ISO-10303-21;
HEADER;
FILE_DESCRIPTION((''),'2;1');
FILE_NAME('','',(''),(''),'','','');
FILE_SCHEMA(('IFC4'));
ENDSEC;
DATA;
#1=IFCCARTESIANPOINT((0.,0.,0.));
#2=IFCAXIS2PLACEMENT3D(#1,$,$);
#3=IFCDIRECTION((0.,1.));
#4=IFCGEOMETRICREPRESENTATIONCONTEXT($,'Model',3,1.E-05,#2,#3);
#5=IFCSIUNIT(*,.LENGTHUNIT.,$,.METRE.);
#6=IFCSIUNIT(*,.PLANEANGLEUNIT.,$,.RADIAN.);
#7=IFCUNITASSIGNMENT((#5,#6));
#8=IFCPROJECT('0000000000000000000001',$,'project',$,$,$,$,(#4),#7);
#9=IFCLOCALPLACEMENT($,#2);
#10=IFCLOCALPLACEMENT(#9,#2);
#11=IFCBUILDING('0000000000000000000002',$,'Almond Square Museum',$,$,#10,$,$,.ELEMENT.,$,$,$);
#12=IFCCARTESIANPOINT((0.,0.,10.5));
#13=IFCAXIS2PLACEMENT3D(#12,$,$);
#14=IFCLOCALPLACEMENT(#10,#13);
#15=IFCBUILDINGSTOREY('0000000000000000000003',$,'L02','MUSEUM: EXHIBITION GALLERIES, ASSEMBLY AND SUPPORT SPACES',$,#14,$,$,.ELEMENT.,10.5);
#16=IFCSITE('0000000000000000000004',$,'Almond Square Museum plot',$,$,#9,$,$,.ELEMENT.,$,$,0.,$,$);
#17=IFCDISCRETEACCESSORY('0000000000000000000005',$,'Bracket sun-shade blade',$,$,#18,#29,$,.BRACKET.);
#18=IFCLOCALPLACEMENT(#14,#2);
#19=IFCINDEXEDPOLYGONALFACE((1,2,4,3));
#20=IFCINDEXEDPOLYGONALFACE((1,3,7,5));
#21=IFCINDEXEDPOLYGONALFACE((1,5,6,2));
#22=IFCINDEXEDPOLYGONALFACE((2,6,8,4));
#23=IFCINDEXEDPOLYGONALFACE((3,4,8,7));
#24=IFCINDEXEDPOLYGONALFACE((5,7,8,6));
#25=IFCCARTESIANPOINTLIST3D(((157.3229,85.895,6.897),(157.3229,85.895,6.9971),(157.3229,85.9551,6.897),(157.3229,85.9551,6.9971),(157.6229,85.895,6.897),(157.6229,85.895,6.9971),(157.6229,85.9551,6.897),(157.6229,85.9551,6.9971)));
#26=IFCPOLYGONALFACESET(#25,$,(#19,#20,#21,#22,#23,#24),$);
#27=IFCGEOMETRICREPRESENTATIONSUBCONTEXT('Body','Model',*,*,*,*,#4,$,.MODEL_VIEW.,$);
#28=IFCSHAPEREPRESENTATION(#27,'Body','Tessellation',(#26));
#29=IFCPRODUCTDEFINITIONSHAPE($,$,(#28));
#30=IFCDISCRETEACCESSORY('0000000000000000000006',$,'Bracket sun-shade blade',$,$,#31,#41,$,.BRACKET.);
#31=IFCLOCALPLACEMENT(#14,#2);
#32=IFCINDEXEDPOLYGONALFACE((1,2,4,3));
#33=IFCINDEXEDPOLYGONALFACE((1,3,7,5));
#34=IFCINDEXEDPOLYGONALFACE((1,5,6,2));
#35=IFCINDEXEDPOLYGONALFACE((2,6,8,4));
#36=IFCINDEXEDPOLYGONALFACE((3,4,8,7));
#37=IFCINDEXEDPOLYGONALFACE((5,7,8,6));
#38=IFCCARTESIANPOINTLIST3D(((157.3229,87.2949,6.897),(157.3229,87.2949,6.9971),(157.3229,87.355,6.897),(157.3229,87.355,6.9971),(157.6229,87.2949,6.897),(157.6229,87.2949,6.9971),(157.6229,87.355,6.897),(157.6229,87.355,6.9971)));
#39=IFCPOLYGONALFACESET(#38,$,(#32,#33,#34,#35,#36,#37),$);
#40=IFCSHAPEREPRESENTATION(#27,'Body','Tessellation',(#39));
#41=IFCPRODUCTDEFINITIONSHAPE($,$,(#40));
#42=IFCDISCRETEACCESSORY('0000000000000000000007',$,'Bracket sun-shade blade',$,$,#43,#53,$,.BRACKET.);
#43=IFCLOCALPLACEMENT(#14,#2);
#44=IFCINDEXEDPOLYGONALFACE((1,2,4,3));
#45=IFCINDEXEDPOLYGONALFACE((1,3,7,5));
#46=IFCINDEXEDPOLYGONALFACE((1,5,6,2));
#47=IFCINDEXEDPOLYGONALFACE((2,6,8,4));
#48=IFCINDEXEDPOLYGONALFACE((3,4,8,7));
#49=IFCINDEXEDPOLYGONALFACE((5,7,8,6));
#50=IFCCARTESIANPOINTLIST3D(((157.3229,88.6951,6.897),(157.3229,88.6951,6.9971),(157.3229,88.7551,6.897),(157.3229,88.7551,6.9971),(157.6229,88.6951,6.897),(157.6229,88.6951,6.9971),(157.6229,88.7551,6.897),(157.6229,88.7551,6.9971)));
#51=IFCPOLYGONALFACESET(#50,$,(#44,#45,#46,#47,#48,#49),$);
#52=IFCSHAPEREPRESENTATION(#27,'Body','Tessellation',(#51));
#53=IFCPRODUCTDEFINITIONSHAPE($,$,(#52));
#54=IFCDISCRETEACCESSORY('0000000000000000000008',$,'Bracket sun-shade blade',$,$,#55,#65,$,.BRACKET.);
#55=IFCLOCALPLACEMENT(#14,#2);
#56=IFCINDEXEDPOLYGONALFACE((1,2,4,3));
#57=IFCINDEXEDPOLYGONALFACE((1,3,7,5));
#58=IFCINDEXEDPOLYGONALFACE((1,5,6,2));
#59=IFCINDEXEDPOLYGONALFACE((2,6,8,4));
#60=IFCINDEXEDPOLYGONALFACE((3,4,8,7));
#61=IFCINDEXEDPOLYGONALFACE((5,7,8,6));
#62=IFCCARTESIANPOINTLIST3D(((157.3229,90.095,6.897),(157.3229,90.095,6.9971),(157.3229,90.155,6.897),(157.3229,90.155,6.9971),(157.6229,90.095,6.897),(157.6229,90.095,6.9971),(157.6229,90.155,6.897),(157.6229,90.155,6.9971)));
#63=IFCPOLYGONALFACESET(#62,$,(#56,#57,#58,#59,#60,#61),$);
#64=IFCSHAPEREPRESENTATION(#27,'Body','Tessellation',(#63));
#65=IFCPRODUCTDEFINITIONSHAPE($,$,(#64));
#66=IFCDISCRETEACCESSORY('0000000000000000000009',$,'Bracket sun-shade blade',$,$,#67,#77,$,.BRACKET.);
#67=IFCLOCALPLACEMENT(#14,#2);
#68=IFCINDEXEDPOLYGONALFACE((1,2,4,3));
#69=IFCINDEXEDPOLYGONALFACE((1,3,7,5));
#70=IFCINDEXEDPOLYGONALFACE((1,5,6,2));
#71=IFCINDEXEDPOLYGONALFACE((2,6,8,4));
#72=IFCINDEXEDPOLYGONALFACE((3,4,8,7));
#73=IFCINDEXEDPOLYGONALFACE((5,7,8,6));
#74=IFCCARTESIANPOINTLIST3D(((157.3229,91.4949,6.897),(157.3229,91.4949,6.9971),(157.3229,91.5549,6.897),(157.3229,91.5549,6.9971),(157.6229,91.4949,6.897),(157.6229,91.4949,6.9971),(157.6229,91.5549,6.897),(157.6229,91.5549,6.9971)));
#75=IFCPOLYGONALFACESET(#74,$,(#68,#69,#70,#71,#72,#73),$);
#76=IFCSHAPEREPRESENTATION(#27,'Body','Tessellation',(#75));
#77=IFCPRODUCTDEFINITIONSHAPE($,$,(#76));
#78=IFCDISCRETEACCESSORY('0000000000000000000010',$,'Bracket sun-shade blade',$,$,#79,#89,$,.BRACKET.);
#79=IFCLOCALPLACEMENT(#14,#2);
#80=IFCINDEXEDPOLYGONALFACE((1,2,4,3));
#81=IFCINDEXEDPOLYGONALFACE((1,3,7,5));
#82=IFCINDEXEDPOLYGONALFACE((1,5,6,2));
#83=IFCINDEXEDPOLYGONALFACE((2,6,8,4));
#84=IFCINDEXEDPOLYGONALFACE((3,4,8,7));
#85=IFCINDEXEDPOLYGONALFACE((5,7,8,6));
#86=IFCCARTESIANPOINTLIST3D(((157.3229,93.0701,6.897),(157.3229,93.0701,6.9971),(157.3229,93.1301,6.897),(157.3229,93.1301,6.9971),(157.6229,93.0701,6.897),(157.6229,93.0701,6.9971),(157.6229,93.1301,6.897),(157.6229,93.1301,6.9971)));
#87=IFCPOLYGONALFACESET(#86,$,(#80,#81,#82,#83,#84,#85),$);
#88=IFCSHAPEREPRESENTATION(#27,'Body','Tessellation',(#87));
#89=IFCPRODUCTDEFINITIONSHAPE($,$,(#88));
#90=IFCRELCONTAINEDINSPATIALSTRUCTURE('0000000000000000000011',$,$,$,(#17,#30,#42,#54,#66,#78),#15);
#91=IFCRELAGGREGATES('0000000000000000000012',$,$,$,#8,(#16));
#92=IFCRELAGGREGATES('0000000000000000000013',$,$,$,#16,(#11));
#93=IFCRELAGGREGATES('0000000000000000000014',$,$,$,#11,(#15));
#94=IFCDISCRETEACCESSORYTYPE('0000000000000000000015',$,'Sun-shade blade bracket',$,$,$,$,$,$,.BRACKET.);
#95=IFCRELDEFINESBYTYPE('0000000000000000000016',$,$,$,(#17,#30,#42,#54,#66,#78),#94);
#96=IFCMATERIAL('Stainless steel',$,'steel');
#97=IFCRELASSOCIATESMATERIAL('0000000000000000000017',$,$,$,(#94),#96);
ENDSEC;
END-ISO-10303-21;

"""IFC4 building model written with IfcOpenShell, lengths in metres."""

from ifc_helpers import new_model, si_unit, direction, frame, origin, origin_2d, place, context, subcontext, project, spatial, rectangle, extrude, material, type_object, element, save


model = new_model("IFC4")

# Units and contexts
model_context = context("Model", 3, precision=1e-05, world=origin(), true_north=direction((0.0, 1.0)))
body_context = subcontext(model_context, "Body", "Model", "MODEL_VIEW")
ifc_project = project(units=[si_unit("LENGTHUNIT", "METRE"), si_unit("PLANEANGLEUNIT", "RADIAN")], contexts=[model_context])

# Site, building, storey
site_placement = place(None, origin())
site = spatial("IfcSite", under=ifc_project, at=site_placement, Name="Almond Square Museum plot", CompositionType="ELEMENT", RefElevation=0.0)
building_placement = place(site_placement, origin())
building = spatial("IfcBuilding", under=site, at=building_placement, Name="Almond Square Museum", CompositionType="ELEMENT")
storey_placement = place(building_placement, frame((0.0, 0.0, 10.5)))
storey = spatial("IfcBuildingStorey", under=building, at=storey_placement, Name="L02", Description="MUSEUM: EXHIBITION GALLERIES, ASSEMBLY AND SUPPORT SPACES", CompositionType="ELEMENT", Elevation=10.5)

# Discrete accessories
ifc_material_1 = material(Name="Stainless steel", Category="steel")
discrete_accessory_type_1 = type_object("IfcDiscreteAccessoryType", Name="Sun-shade blade bracket", PredefinedType="BRACKET", material=ifc_material_1)
for number, where, z_axis, x_axis, name in (
    (1, (157.4729, 85.925, 6.897), (0.0, 0.0, 1.0), (1.0, 0.0, 0.0), "Bracket sun-shade blade"),
    (2, (157.4729, 87.325, 6.897), (0.0, 0.0, 1.0), (1.0, 0.0, 0.0), "Bracket sun-shade blade"),
    (3, (157.4729, 88.7251, 6.897), (0.0, 0.0, 1.0), (1.0, 0.0, 0.0), "Bracket sun-shade blade"),
    (4, (157.4729, 90.125, 6.897), (0.0, 0.0, 1.0), (1.0, 0.0, 0.0), "Bracket sun-shade blade"),
    (5, (157.4729, 91.5249, 6.897), (0.0, 0.0, 1.0), (1.0, 0.0, 0.0), "Bracket sun-shade blade"),
    (6, (157.4729, 93.1001, 6.897), (0.0, 0.0, 1.0), (1.0, 0.0, 0.0), "Bracket sun-shade blade"),
):
    element("IfcDiscreteAccessory", number, at=place(storey_placement, frame(where, z_axis=z_axis, x_axis=x_axis)), inside=storey, type_object=discrete_accessory_type_1, Name=name, PredefinedType="BRACKET", context=body_context, shape_type="SweptSolid", body=[
        extrude(rectangle(XDim=0.3, YDim=0.0601, at=origin_2d()), origin(), (0.0, 0.0, 1.0), 0.1001),
    ])

save(model, "model.ifc")
